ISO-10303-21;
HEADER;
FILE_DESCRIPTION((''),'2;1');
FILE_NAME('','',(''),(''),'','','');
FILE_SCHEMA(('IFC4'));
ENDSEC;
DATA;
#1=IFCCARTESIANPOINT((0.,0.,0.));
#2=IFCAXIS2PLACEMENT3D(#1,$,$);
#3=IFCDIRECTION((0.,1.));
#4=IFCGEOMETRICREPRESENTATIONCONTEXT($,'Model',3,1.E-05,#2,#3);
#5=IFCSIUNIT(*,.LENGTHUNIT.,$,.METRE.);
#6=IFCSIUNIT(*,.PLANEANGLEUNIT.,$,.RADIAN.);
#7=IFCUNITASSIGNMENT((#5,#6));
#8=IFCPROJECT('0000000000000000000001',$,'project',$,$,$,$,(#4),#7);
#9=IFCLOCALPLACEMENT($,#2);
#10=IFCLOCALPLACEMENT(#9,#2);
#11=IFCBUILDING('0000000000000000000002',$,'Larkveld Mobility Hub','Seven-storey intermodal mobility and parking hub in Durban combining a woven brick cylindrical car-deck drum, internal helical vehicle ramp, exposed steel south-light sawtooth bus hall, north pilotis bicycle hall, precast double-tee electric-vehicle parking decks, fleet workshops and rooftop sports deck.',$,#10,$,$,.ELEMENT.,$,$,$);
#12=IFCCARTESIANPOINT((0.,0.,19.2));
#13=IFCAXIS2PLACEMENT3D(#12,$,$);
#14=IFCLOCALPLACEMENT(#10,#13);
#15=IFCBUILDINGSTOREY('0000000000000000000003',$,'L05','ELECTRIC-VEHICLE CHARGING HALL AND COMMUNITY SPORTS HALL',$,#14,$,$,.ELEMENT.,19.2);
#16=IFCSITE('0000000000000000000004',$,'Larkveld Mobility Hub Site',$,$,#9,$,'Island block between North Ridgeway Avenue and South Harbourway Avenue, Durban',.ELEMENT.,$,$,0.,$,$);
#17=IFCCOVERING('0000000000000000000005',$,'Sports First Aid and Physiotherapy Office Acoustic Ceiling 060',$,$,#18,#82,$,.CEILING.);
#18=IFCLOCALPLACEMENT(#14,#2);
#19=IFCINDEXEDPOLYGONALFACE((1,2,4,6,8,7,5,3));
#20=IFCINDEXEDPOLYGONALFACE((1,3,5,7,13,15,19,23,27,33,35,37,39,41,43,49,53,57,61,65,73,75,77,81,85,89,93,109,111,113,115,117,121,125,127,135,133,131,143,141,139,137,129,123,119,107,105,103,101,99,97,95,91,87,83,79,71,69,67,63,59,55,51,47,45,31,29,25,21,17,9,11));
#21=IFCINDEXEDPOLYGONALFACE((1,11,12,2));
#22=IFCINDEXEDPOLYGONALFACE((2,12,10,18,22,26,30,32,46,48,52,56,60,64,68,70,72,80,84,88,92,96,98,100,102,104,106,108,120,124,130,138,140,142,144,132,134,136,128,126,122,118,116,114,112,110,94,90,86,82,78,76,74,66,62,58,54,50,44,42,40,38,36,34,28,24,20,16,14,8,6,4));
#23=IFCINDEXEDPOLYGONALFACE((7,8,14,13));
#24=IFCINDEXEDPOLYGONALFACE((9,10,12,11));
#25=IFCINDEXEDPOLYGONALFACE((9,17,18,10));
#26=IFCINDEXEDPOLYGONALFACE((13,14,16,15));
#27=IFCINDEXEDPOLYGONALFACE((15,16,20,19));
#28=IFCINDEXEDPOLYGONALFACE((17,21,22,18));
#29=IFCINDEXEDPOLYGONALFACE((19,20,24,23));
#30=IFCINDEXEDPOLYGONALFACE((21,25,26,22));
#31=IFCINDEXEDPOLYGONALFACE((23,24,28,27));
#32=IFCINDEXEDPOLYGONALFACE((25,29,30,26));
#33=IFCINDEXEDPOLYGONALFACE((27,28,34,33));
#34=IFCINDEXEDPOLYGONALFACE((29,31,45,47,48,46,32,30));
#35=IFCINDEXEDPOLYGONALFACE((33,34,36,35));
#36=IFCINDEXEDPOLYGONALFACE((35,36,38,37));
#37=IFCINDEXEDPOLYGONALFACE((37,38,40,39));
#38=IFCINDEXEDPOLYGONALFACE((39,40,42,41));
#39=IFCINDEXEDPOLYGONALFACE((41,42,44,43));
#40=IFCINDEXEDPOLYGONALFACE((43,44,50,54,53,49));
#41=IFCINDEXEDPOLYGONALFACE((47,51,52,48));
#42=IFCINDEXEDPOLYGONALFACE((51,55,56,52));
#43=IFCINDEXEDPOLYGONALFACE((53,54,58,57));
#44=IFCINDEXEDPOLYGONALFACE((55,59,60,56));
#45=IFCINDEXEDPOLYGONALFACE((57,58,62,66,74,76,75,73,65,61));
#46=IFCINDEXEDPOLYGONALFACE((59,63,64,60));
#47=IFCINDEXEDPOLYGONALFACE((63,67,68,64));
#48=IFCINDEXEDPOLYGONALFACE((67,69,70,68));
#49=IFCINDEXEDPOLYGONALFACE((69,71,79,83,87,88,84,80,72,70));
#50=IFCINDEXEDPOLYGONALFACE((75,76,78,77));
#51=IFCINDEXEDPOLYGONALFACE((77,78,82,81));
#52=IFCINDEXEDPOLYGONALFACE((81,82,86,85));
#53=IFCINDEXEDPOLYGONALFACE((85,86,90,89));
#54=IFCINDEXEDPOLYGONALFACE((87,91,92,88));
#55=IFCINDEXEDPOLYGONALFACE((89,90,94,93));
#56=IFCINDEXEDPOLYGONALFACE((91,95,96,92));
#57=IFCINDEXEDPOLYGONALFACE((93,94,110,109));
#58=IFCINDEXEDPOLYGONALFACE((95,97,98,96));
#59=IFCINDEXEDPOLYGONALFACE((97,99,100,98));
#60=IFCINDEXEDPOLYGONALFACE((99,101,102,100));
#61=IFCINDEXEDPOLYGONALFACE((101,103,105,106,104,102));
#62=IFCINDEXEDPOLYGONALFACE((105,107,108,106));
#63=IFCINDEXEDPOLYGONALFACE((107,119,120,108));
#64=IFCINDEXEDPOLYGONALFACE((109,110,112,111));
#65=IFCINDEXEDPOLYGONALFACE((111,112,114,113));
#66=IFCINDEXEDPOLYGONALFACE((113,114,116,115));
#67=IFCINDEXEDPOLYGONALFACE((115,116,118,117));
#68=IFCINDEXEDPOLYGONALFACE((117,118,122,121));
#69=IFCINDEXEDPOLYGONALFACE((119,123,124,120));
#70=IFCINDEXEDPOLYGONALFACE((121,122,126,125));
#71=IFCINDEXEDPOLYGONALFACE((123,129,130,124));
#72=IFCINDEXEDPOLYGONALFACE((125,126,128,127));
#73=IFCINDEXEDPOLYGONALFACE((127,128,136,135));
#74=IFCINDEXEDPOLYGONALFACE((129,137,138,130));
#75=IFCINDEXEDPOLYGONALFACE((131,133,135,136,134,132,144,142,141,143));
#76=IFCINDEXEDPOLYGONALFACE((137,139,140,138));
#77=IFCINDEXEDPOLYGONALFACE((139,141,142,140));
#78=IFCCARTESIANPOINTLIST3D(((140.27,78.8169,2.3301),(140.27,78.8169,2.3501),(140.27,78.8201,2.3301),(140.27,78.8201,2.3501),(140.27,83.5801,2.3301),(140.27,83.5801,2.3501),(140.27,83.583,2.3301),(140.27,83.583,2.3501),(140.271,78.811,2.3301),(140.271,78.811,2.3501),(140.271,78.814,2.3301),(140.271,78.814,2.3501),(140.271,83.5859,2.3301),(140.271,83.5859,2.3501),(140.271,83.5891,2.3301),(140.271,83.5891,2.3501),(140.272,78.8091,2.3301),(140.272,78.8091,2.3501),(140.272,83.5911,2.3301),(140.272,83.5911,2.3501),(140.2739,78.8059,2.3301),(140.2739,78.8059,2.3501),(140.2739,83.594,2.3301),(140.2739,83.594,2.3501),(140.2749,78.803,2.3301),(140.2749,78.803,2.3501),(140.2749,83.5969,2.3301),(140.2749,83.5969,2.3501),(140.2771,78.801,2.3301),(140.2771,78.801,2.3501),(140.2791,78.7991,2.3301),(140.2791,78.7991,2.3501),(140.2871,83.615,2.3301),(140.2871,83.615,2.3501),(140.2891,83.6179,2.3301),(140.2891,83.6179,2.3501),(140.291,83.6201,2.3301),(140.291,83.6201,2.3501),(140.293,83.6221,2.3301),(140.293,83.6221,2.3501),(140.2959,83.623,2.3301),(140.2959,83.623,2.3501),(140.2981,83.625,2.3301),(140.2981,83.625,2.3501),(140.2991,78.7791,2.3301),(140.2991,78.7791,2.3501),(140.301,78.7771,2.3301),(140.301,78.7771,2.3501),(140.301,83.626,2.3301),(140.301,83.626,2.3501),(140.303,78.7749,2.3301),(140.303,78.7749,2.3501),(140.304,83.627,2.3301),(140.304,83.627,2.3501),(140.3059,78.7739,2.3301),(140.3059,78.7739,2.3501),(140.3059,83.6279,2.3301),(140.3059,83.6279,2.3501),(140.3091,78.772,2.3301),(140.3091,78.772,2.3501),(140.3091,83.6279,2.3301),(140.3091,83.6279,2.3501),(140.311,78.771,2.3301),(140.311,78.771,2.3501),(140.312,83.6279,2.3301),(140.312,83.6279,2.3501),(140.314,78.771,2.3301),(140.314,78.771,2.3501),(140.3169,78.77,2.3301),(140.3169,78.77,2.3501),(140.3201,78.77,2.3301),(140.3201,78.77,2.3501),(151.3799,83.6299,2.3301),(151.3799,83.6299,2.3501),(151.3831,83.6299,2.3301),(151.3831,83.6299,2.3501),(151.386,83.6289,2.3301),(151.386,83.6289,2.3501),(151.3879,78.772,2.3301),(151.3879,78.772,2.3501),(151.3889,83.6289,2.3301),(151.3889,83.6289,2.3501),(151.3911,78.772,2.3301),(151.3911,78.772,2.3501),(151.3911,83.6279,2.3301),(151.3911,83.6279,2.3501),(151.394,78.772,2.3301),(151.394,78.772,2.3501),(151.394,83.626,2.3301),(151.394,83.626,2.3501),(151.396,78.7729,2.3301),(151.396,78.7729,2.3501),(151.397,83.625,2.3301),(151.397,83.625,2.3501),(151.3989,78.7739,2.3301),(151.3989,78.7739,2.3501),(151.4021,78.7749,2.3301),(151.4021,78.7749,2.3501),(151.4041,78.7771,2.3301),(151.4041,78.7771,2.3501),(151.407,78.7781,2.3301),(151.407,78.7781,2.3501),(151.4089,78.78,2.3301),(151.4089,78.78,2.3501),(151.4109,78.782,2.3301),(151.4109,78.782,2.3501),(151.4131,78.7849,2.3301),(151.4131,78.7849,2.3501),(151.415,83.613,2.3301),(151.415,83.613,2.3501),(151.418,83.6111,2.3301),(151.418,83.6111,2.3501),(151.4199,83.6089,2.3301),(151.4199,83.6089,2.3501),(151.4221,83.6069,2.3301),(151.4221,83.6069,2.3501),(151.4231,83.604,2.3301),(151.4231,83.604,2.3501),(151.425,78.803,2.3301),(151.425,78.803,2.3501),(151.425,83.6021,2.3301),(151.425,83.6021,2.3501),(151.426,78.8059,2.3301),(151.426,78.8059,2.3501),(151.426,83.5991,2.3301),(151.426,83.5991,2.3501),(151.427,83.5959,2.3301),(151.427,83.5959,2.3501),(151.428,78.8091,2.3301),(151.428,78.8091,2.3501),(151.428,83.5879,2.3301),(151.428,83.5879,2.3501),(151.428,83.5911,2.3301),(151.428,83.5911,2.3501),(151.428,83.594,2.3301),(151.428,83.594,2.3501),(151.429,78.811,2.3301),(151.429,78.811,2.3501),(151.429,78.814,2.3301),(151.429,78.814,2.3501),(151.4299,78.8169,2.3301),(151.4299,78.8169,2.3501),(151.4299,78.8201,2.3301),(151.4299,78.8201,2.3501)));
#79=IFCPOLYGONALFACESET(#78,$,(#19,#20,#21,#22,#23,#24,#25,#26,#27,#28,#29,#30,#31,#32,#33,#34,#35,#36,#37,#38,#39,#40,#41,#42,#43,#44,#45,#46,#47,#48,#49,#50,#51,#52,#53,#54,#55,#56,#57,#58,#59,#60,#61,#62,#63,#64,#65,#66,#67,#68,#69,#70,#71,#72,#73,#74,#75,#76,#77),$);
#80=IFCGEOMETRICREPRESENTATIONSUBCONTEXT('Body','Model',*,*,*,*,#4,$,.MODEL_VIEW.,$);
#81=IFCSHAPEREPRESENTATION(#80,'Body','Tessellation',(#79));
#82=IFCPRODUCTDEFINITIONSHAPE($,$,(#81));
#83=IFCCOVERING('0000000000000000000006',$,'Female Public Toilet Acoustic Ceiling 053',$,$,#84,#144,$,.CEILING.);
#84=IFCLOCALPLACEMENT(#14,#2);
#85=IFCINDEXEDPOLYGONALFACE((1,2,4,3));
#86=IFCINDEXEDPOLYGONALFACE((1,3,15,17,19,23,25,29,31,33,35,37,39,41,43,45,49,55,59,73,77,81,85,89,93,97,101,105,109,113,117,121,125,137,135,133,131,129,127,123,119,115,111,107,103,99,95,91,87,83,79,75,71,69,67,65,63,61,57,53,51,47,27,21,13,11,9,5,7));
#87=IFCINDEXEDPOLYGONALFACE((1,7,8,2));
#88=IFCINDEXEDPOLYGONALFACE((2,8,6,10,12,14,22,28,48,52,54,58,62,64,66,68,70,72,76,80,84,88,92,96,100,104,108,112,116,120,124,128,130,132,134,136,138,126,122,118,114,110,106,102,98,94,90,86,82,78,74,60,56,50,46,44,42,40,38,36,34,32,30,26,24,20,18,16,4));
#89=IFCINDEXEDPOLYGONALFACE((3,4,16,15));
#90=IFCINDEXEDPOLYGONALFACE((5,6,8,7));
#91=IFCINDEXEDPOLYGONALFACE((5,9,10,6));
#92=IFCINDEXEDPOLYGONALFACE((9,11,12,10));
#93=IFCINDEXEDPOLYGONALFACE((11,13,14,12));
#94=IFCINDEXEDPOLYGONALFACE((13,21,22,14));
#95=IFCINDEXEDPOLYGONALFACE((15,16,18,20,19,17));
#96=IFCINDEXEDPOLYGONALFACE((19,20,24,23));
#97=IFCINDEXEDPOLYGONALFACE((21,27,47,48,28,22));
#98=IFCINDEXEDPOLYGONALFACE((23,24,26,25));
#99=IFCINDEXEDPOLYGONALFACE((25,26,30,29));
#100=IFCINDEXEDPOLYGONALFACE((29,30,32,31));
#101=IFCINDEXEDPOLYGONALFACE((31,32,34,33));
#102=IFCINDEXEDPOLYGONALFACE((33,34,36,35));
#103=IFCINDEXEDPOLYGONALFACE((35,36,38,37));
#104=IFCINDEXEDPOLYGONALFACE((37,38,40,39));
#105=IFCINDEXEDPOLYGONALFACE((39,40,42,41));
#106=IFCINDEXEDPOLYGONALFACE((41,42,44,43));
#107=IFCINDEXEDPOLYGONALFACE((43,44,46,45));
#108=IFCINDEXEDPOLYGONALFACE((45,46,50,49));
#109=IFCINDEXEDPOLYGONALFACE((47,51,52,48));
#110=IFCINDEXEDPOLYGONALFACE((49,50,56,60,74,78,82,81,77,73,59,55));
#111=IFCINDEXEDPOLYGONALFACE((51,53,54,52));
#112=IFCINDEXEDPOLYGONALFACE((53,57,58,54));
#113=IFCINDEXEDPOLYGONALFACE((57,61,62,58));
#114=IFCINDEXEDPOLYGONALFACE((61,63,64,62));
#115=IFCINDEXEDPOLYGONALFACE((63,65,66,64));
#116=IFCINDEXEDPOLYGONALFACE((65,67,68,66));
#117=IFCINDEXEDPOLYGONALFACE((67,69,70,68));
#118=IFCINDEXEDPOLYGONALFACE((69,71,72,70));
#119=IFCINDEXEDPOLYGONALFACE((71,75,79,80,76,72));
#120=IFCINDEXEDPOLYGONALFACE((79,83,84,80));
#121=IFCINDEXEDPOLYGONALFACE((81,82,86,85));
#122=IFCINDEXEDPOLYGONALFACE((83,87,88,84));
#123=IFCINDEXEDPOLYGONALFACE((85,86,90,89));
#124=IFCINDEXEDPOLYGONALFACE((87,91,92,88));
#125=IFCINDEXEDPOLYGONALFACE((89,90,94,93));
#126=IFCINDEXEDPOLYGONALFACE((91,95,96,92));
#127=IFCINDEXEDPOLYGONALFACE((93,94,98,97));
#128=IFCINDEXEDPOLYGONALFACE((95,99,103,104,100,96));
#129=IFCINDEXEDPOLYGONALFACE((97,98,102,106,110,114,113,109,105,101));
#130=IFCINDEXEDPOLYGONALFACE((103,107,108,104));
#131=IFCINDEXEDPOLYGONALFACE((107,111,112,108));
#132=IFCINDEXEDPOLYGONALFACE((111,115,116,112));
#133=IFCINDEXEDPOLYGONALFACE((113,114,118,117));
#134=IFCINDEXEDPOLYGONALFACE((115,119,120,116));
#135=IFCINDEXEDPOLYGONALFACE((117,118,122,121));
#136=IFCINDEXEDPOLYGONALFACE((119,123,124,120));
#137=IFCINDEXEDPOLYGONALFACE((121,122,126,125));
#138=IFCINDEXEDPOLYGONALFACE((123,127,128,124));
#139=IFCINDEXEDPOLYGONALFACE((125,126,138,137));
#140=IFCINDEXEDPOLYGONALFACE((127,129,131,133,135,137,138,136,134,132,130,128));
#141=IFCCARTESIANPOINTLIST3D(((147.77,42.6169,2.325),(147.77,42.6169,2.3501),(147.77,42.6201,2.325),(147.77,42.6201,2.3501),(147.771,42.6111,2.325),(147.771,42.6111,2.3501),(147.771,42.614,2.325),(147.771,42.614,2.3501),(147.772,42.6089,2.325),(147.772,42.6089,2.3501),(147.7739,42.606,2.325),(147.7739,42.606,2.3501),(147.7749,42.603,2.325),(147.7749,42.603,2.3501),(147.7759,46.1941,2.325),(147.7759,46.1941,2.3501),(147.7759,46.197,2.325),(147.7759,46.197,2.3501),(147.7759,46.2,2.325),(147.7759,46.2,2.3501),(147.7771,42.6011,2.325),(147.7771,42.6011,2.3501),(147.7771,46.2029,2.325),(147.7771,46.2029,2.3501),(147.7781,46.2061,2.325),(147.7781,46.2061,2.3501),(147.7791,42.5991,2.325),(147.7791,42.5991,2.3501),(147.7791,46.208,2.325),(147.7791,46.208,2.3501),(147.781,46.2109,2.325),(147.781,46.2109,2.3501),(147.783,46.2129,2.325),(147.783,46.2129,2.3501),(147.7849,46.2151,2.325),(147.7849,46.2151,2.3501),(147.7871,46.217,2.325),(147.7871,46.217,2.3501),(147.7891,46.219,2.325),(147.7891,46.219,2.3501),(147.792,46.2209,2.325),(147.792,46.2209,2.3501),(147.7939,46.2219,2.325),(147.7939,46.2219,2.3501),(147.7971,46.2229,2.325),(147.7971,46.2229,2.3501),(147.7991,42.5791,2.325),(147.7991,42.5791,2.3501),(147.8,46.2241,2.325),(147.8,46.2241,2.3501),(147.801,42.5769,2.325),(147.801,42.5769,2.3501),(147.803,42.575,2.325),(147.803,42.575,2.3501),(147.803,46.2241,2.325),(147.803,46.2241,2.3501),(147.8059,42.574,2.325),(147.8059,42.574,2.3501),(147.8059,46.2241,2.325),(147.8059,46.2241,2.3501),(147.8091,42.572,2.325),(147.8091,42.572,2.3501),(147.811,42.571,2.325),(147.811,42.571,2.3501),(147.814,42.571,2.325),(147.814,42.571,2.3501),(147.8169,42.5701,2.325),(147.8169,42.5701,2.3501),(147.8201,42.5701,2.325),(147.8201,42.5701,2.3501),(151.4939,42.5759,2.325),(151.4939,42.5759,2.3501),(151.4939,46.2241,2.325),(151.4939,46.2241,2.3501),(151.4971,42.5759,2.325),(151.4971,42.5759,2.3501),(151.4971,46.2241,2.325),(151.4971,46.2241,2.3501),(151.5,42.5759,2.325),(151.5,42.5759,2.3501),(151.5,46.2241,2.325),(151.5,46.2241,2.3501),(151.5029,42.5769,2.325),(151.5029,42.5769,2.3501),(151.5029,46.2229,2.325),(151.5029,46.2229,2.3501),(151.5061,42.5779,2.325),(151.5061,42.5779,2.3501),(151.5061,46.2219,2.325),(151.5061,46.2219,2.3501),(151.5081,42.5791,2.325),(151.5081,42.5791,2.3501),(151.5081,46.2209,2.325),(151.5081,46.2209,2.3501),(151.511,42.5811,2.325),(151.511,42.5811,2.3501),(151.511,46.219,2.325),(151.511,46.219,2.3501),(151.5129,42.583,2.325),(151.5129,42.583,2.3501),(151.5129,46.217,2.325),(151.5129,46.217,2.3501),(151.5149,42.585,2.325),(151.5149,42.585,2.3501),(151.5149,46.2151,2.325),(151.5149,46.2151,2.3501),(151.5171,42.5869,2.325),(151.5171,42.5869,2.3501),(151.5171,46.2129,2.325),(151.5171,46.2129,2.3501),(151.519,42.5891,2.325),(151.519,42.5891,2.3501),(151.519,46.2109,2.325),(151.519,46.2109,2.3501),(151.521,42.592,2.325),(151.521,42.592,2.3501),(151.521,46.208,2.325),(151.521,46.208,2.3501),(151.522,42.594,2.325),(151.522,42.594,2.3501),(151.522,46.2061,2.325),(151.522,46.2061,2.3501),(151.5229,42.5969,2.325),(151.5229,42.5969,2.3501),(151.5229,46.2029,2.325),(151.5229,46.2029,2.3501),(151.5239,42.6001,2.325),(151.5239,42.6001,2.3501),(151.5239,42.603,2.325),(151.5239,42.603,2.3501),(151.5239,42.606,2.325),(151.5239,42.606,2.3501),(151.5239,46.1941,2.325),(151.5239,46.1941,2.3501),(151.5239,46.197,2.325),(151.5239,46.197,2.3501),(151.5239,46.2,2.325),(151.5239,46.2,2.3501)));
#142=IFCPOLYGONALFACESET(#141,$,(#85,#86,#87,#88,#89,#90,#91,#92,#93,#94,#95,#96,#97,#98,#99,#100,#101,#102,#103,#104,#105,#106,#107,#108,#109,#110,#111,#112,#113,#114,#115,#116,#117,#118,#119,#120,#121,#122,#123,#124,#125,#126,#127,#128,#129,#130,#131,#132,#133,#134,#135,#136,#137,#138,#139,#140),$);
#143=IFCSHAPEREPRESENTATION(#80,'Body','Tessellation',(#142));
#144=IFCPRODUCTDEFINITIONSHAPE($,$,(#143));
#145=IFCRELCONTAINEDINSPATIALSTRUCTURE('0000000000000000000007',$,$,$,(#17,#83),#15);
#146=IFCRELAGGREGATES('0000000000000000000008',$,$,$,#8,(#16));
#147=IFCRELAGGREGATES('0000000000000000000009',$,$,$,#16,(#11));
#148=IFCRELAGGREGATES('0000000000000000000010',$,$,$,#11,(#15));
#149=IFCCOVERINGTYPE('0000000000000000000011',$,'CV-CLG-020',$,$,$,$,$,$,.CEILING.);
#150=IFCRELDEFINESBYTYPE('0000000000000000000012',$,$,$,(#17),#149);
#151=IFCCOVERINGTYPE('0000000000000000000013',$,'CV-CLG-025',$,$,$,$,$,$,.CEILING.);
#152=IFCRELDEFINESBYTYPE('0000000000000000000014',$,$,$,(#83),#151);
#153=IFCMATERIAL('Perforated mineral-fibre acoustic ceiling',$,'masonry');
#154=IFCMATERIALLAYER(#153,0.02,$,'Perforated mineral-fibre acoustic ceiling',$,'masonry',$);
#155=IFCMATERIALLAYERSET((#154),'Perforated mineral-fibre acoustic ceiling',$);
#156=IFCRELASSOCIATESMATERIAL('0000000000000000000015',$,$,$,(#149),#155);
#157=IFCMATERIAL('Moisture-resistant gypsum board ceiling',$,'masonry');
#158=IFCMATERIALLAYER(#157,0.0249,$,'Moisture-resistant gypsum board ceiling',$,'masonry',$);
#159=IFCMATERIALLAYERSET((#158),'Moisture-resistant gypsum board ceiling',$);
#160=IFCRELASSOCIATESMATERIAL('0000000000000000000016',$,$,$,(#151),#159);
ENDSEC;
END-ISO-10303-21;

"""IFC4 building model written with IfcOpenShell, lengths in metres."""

from ifc_helpers import new_model, si_unit, direction, frame, origin, place, context, subcontext, project, spatial, polyline, outline, extrude, material, layer, layer_set, type_object, element, save


model = new_model("IFC4")

# Units and contexts
model_context = context("Model", 3, precision=1e-05, world=origin(), true_north=direction((0.0, 1.0)))
body_context = subcontext(model_context, "Body", "Model", "MODEL_VIEW")
ifc_project = project(units=[si_unit("LENGTHUNIT", "METRE"), si_unit("PLANEANGLEUNIT", "RADIAN")], contexts=[model_context])

# Site, building, storey
site_placement = place(None, origin())
site = spatial("IfcSite", under=ifc_project, at=site_placement, Name="Larkveld Mobility Hub Site", LongName="Island block between North Ridgeway Avenue and South Harbourway Avenue, Durban", CompositionType="ELEMENT", RefElevation=0.0)
building_placement = place(site_placement, origin())
building = spatial("IfcBuilding", under=site, at=building_placement, Name="Larkveld Mobility Hub", Description="Seven-storey intermodal mobility and parking hub in Durban combining a woven brick cylindrical car-deck drum, internal helical vehicle ramp, exposed steel south-light sawtooth bus hall, north pilotis bicycle hall, precast double-tee electric-vehicle parking decks, fleet workshops and rooftop sports deck.", CompositionType="ELEMENT")
storey_placement = place(building_placement, frame((0.0, 0.0, 19.2)))
storey = spatial("IfcBuildingStorey", under=building, at=storey_placement, Name="L05", Description="ELECTRIC-VEHICLE CHARGING HALL AND COMMUNITY SPORTS HALL", CompositionType="ELEMENT", Elevation=19.2)

# Coverings
ifc_material_1 = material(Name="Perforated mineral-fibre acoustic ceiling", Category="masonry")
ifc_layer_1 = layer(ifc_material_1, 0.02, Name="Perforated mineral-fibre acoustic ceiling", Category="masonry")
ifc_layer_set_1 = layer_set([ifc_layer_1], Name="Perforated mineral-fibre acoustic ceiling")
covering_type_1 = type_object("IfcCoveringType", Name="CV-CLG-020", PredefinedType="CEILING", material=ifc_layer_set_1)
covering_1_placement = place(storey_placement, frame((0.0, 0.0, 2.3301)))
element("IfcCovering", 1, at=covering_1_placement, inside=storey, type_object=covering_type_1, Name="Sports First Aid and Physiotherapy Office Acoustic Ceiling 060", PredefinedType="CEILING", context=body_context, shape_type="SweptSolid", body=[
    extrude(outline(polyline([(140.3201, 78.77), (140.3169, 78.77), (140.314, 78.771), (140.311, 78.771), (140.3091, 78.772), (140.3059, 78.7739), (140.303, 78.7749), (140.301, 78.7771), (140.2991, 78.7791), (140.2791, 78.7991), (140.2771, 78.801), (140.2749, 78.803), (140.2739, 78.8059), (140.272, 78.8091), (140.271, 78.811), (140.271, 78.814), (140.27, 78.8169), (140.27, 78.8201), (140.27, 83.5801), (140.27, 83.583), (140.271, 83.5859), (140.271, 83.5891), (140.272, 83.5911), (140.2739, 83.594), (140.2749, 83.5969), (140.2871, 83.615), (140.2891, 83.6179), (140.291, 83.6201), (140.293, 83.6221), (140.2959, 83.623), (140.2981, 83.625), (140.301, 83.626), (140.304, 83.627), (140.3059, 83.6279), (140.3091, 83.6279), (140.312, 83.6279), (151.3799, 83.6299), (151.3831, 83.6299), (151.386, 83.6289), (151.3889, 83.6289), (151.3911, 83.6279), (151.394, 83.626), (151.397, 83.625), (151.415, 83.613), (151.418, 83.6111), (151.4199, 83.6089), (151.4221, 83.6069), (151.4231, 83.604), (151.425, 83.6021), (151.426, 83.5991), (151.427, 83.5959), (151.428, 83.594), (151.428, 83.5911), (151.428, 83.5879), (151.4299, 78.8201), (151.4299, 78.8169), (151.429, 78.814), (151.429, 78.811), (151.428, 78.8091), (151.426, 78.8059), (151.425, 78.803), (151.4131, 78.7849), (151.4109, 78.782), (151.4089, 78.78), (151.407, 78.7781), (151.4041, 78.7771), (151.4021, 78.7749), (151.3989, 78.7739), (151.396, 78.7729), (151.394, 78.772), (151.3911, 78.772), (151.3879, 78.772), (140.3201, 78.77)])), origin(), (0.0, 0.0, 1.0), 0.02),
])
ifc_material_2 = material(Name="Moisture-resistant gypsum board ceiling", Category="masonry")
ifc_layer_2 = layer(ifc_material_2, 0.0249, Name="Moisture-resistant gypsum board ceiling", Category="masonry")
ifc_layer_set_2 = layer_set([ifc_layer_2], Name="Moisture-resistant gypsum board ceiling")
covering_type_2 = type_object("IfcCoveringType", Name="CV-CLG-025", PredefinedType="CEILING", material=ifc_layer_set_2)
covering_2_placement = place(storey_placement, frame((0.0, 0.0, 2.325)))
element("IfcCovering", 2, at=covering_2_placement, inside=storey, type_object=covering_type_2, Name="Female Public Toilet Acoustic Ceiling 053", PredefinedType="CEILING", context=body_context, shape_type="SweptSolid", body=[
    extrude(outline(polyline([(147.8201, 42.5701), (147.8169, 42.5701), (147.814, 42.571), (147.811, 42.571), (147.8091, 42.572), (147.8059, 42.574), (147.803, 42.575), (147.801, 42.5769), (147.7991, 42.5791), (147.7791, 42.5991), (147.7771, 42.6011), (147.7749, 42.603), (147.7739, 42.606), (147.772, 42.6089), (147.771, 42.6111), (147.771, 42.614), (147.77, 42.6169), (147.77, 42.6201), (147.7759, 46.1941), (147.7759, 46.197), (147.7759, 46.2), (147.7771, 46.2029), (147.7781, 46.2061), (147.7791, 46.208), (147.781, 46.2109), (147.783, 46.2129), (147.7849, 46.2151), (147.7871, 46.217), (147.7891, 46.219), (147.792, 46.2209), (147.7939, 46.2219), (147.7971, 46.2229), (147.8, 46.2241), (147.803, 46.2241), (147.8059, 46.2241), (151.4939, 46.2241), (151.4971, 46.2241), (151.5, 46.2241), (151.5029, 46.2229), (151.5061, 46.2219), (151.5081, 46.2209), (151.511, 46.219), (151.5129, 46.217), (151.5149, 46.2151), (151.5171, 46.2129), (151.519, 46.2109), (151.521, 46.208), (151.522, 46.2061), (151.5229, 46.2029), (151.5239, 46.2), (151.5239, 46.197), (151.5239, 46.1941), (151.5239, 42.606), (151.5239, 42.603), (151.5239, 42.6001), (151.5229, 42.5969), (151.522, 42.594), (151.521, 42.592), (151.519, 42.5891), (151.5171, 42.5869), (151.5149, 42.585), (151.5129, 42.583), (151.511, 42.5811), (151.5081, 42.5791), (151.5061, 42.5779), (151.5029, 42.5769), (151.5, 42.5759), (151.4971, 42.5759), (151.4939, 42.5759), (147.8201, 42.5701)])), origin(), (0.0, 0.0, 1.0), 0.0251),
])

save(model, "model.ifc")
